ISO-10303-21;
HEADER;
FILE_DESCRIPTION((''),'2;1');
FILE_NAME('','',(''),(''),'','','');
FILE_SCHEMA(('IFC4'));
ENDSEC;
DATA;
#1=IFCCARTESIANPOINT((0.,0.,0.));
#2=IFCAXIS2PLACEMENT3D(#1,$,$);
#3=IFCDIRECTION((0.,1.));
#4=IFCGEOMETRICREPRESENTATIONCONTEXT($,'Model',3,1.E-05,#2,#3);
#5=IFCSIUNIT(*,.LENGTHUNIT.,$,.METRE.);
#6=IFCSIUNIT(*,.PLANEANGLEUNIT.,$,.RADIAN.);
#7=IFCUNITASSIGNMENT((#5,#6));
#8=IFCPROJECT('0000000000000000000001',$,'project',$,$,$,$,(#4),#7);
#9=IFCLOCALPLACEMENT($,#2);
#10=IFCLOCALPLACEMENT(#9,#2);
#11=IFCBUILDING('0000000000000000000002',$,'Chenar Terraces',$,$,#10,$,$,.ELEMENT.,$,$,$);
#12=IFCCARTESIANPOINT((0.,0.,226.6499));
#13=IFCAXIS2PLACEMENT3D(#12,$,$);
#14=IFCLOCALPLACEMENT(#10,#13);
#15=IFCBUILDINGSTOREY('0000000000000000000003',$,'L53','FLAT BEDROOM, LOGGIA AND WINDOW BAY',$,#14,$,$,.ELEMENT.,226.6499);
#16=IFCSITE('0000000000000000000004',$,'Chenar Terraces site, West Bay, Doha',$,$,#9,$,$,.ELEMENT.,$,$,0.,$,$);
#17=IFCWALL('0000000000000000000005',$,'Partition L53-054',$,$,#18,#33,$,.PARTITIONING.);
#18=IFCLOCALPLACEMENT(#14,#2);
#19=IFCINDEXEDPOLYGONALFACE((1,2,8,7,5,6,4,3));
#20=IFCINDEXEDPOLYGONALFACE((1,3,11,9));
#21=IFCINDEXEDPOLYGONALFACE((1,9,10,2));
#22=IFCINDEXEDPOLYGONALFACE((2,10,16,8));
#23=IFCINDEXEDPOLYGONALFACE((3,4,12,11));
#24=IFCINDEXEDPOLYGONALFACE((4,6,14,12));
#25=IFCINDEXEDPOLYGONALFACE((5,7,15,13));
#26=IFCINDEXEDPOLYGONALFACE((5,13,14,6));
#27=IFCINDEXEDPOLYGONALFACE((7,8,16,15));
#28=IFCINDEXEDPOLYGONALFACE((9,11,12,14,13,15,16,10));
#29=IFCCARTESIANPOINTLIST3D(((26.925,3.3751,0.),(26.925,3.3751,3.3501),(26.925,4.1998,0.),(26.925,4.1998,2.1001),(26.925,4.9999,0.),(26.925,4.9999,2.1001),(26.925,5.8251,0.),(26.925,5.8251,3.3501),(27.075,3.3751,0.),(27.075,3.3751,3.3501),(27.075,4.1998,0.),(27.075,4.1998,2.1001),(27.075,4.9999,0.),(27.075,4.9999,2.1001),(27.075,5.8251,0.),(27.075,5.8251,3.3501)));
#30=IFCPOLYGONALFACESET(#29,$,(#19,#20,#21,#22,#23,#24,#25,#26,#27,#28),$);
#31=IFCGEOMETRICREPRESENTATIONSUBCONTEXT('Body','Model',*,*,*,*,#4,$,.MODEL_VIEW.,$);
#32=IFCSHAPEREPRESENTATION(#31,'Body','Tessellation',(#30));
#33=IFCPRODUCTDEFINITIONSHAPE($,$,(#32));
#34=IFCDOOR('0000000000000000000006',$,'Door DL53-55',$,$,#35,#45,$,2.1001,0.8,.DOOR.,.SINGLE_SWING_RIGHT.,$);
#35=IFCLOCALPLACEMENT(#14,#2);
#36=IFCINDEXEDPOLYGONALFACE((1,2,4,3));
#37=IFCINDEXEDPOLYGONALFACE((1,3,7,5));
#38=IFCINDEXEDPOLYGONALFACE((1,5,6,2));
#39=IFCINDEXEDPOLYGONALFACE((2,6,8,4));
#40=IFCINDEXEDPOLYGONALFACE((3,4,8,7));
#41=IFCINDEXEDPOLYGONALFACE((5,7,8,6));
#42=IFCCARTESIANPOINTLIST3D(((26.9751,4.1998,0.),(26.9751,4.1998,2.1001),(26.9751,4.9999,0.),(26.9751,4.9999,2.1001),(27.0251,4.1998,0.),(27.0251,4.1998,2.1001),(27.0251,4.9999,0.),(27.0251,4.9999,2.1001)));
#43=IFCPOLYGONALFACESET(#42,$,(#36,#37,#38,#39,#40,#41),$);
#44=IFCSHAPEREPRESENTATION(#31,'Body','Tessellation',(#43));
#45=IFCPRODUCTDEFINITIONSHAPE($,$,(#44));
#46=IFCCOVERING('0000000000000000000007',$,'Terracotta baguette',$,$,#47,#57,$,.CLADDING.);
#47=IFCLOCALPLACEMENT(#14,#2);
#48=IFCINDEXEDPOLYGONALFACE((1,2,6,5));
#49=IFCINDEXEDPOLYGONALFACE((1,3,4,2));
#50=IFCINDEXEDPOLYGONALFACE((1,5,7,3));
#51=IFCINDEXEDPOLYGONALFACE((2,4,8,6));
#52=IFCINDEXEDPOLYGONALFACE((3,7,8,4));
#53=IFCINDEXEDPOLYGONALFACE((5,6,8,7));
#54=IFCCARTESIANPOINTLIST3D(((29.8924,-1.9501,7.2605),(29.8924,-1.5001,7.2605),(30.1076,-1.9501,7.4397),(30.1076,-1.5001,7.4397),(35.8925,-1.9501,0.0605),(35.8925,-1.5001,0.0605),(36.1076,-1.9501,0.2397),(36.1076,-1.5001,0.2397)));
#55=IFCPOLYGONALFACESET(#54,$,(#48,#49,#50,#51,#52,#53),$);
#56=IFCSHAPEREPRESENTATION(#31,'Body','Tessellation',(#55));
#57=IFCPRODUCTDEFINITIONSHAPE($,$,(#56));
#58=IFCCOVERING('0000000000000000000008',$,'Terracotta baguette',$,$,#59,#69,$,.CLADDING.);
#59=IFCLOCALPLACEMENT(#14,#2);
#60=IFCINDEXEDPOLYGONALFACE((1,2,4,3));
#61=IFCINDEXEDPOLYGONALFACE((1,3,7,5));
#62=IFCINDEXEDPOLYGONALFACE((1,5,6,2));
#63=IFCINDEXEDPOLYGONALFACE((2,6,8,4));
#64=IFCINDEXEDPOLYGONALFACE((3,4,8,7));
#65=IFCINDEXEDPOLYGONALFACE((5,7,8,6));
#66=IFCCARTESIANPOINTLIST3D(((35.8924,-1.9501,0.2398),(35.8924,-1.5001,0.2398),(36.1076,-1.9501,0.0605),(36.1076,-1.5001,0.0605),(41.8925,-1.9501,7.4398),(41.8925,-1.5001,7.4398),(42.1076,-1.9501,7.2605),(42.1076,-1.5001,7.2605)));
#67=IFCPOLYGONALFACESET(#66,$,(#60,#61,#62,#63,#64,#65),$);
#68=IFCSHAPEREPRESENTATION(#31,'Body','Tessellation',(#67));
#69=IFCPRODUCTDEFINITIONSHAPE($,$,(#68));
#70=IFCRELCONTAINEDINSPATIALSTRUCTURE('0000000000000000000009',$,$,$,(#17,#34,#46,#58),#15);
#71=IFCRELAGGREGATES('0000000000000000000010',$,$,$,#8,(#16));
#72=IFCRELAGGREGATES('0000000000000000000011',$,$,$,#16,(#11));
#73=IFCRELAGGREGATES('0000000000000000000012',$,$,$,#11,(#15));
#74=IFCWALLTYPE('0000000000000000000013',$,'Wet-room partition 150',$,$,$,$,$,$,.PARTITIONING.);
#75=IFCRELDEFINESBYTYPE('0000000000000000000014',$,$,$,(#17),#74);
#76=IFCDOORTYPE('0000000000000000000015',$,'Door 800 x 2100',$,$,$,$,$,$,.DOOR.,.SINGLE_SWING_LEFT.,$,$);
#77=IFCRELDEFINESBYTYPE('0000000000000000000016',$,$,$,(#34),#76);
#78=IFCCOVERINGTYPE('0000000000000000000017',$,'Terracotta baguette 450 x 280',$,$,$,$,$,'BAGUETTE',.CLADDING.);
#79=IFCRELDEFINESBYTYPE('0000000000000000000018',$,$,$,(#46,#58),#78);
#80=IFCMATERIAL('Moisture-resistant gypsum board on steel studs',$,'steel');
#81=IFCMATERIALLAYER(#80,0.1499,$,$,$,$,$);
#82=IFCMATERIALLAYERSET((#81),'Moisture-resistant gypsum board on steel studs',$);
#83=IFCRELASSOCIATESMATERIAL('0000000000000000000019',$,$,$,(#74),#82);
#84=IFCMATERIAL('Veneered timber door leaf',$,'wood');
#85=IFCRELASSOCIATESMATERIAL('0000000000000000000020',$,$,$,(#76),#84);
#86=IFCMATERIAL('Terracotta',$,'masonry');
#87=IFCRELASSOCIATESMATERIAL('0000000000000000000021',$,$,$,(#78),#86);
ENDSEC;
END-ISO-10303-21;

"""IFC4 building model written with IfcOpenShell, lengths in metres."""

from ifc_helpers import new_model, si_unit, direction, frame, frame_2d, origin, origin_2d, place, context, subcontext, project, spatial, rectangle, extrude, material, layer, layer_set, material_profile, profile_set, type_object, element, fill, save


model = new_model("IFC4")

# Units and contexts
model_context = context("Model", 3, precision=1e-05, world=origin(), true_north=direction((0.0, 1.0)))
body_context = subcontext(model_context, "Body", "Model", "MODEL_VIEW")
ifc_project = project(units=[si_unit("LENGTHUNIT", "METRE"), si_unit("PLANEANGLEUNIT", "RADIAN")], contexts=[model_context])

# Site, building, storey
site_placement = place(None, origin())
site = spatial("IfcSite", under=ifc_project, at=site_placement, Name="Chenar Terraces site, West Bay, Doha", CompositionType="ELEMENT", RefElevation=0.0)
building_placement = place(site_placement, origin())
building = spatial("IfcBuilding", under=site, at=building_placement, Name="Chenar Terraces", CompositionType="ELEMENT")
storey_placement = place(building_placement, frame((0.0, 0.0, 226.6499)))
storey = spatial("IfcBuildingStorey", under=building, at=storey_placement, Name="L53", Description="FLAT BEDROOM, LOGGIA AND WINDOW BAY", CompositionType="ELEMENT", Elevation=226.6499)

# Shared definitions
ifc_material_1 = material(Name="Moisture-resistant gypsum board on steel studs", Category="steel")
ifc_layer_1 = layer(ifc_material_1, 0.1499)
ifc_layer_set_1 = layer_set([ifc_layer_1], Name="Moisture-resistant gypsum board on steel studs")
wall_type_1 = type_object("IfcWallType", Name="Wet-room partition 150", PredefinedType="PARTITIONING", material=ifc_layer_set_1)

# Wall, opening, door
wall_1_placement = place(storey_placement, frame((27.0, 3.375, 0.0), z_axis=(0.0, 0.0, 1.0), x_axis=(0.0, 1.0, 0.0)))
wall_1 = element("IfcWall", 1, at=wall_1_placement, inside=storey, type_object=wall_type_1, Name="Partition L53-054", PredefinedType="PARTITIONING", context=body_context, shape_type="SweptSolid", body=[
    extrude(rectangle(XDim=2.45, YDim=0.1499, at=frame_2d((1.2251, 0.0))), origin(), (0.0, 0.0, 1.0), 3.3501),
])
opening_1_placement = place(wall_1_placement, frame((0.825, 0.0, 0.0)))
opening_1 = element("IfcOpeningElement", 2, at=opening_1_placement, cuts=wall_1, PredefinedType="OPENING", context=body_context, shape_type="SweptSolid", body=[
    extrude(rectangle(XDim=0.8, YDim=2.1001, at=frame_2d((0.3999, 1.05))), frame((0.0, 0.085, 0.0), z_axis=(0.0, -1.0, 0.0), x_axis=(1.0, 0.0, 0.0)), (0.0, 0.0, 1.0), 0.1699),
])
ifc_material_2 = material(Name="Veneered timber door leaf", Category="wood")
door_type_1 = type_object("IfcDoorType", Name="Door 800 x 2100", OperationType="SINGLE_SWING_LEFT", PredefinedType="DOOR", material=ifc_material_2)
door_1_placement = place(opening_1_placement, origin())
door_1 = element("IfcDoor", 3, at=door_1_placement, inside=storey, type_object=door_type_1, Name="Door DL53-55", OperationType="SINGLE_SWING_RIGHT", OverallHeight=2.1001, OverallWidth=0.8, PredefinedType="DOOR", context=body_context, shape_type="SweptSolid", body=[
    extrude(rectangle(XDim=0.8, YDim=2.1001, at=frame_2d((0.3999, 1.05))), frame((0.0, 0.0249, 0.0), z_axis=(0.0, -1.0, 0.0), x_axis=(1.0, 0.0, 0.0)), (0.0, 0.0, 1.0), 0.05),
])
fill(opening_1, door_1)

# Coverings
ifc_material_3 = material(Name="Terracotta", Category="masonry")
ifc_material_profile_1 = material_profile(ifc_material_3, rectangle(XDim=0.45, YDim=0.28, at=origin_2d()), Name="Terracotta baguette 450 x 280")
ifc_profile_set_1 = profile_set([ifc_material_profile_1], Name="Terracotta")
covering_type = type_object("IfcCoveringType", Name="Terracotta baguette 450 x 280", ElementType="BAGUETTE", PredefinedType="CLADDING", material=ifc_profile_set_1)
for number, where, z_axis, x_axis, name in (
    (4, (30.0, -1.7251, 7.3501), (0.640187, 0.0, -0.768219), (0.0, 1.0, 0.0), "Terracotta baguette"),
    (5, (36.0, -1.7251, 0.1501), (0.640187, 0.0, 0.768219), (0.0, 1.0, 0.0), "Terracotta baguette"),
):
    element("IfcCovering", number, at=place(storey_placement, frame(where, z_axis=z_axis, x_axis=x_axis)), inside=storey, type_object=covering_type, Name=name, PredefinedType="CLADDING", context=body_context, shape_type="SweptSolid", body=[
        extrude(rectangle(XDim=0.45, YDim=0.28, at=origin_2d()), origin(), (0.0, 0.0, 1.0), 9.3723),
    ])

save(model, "model.ifc")
